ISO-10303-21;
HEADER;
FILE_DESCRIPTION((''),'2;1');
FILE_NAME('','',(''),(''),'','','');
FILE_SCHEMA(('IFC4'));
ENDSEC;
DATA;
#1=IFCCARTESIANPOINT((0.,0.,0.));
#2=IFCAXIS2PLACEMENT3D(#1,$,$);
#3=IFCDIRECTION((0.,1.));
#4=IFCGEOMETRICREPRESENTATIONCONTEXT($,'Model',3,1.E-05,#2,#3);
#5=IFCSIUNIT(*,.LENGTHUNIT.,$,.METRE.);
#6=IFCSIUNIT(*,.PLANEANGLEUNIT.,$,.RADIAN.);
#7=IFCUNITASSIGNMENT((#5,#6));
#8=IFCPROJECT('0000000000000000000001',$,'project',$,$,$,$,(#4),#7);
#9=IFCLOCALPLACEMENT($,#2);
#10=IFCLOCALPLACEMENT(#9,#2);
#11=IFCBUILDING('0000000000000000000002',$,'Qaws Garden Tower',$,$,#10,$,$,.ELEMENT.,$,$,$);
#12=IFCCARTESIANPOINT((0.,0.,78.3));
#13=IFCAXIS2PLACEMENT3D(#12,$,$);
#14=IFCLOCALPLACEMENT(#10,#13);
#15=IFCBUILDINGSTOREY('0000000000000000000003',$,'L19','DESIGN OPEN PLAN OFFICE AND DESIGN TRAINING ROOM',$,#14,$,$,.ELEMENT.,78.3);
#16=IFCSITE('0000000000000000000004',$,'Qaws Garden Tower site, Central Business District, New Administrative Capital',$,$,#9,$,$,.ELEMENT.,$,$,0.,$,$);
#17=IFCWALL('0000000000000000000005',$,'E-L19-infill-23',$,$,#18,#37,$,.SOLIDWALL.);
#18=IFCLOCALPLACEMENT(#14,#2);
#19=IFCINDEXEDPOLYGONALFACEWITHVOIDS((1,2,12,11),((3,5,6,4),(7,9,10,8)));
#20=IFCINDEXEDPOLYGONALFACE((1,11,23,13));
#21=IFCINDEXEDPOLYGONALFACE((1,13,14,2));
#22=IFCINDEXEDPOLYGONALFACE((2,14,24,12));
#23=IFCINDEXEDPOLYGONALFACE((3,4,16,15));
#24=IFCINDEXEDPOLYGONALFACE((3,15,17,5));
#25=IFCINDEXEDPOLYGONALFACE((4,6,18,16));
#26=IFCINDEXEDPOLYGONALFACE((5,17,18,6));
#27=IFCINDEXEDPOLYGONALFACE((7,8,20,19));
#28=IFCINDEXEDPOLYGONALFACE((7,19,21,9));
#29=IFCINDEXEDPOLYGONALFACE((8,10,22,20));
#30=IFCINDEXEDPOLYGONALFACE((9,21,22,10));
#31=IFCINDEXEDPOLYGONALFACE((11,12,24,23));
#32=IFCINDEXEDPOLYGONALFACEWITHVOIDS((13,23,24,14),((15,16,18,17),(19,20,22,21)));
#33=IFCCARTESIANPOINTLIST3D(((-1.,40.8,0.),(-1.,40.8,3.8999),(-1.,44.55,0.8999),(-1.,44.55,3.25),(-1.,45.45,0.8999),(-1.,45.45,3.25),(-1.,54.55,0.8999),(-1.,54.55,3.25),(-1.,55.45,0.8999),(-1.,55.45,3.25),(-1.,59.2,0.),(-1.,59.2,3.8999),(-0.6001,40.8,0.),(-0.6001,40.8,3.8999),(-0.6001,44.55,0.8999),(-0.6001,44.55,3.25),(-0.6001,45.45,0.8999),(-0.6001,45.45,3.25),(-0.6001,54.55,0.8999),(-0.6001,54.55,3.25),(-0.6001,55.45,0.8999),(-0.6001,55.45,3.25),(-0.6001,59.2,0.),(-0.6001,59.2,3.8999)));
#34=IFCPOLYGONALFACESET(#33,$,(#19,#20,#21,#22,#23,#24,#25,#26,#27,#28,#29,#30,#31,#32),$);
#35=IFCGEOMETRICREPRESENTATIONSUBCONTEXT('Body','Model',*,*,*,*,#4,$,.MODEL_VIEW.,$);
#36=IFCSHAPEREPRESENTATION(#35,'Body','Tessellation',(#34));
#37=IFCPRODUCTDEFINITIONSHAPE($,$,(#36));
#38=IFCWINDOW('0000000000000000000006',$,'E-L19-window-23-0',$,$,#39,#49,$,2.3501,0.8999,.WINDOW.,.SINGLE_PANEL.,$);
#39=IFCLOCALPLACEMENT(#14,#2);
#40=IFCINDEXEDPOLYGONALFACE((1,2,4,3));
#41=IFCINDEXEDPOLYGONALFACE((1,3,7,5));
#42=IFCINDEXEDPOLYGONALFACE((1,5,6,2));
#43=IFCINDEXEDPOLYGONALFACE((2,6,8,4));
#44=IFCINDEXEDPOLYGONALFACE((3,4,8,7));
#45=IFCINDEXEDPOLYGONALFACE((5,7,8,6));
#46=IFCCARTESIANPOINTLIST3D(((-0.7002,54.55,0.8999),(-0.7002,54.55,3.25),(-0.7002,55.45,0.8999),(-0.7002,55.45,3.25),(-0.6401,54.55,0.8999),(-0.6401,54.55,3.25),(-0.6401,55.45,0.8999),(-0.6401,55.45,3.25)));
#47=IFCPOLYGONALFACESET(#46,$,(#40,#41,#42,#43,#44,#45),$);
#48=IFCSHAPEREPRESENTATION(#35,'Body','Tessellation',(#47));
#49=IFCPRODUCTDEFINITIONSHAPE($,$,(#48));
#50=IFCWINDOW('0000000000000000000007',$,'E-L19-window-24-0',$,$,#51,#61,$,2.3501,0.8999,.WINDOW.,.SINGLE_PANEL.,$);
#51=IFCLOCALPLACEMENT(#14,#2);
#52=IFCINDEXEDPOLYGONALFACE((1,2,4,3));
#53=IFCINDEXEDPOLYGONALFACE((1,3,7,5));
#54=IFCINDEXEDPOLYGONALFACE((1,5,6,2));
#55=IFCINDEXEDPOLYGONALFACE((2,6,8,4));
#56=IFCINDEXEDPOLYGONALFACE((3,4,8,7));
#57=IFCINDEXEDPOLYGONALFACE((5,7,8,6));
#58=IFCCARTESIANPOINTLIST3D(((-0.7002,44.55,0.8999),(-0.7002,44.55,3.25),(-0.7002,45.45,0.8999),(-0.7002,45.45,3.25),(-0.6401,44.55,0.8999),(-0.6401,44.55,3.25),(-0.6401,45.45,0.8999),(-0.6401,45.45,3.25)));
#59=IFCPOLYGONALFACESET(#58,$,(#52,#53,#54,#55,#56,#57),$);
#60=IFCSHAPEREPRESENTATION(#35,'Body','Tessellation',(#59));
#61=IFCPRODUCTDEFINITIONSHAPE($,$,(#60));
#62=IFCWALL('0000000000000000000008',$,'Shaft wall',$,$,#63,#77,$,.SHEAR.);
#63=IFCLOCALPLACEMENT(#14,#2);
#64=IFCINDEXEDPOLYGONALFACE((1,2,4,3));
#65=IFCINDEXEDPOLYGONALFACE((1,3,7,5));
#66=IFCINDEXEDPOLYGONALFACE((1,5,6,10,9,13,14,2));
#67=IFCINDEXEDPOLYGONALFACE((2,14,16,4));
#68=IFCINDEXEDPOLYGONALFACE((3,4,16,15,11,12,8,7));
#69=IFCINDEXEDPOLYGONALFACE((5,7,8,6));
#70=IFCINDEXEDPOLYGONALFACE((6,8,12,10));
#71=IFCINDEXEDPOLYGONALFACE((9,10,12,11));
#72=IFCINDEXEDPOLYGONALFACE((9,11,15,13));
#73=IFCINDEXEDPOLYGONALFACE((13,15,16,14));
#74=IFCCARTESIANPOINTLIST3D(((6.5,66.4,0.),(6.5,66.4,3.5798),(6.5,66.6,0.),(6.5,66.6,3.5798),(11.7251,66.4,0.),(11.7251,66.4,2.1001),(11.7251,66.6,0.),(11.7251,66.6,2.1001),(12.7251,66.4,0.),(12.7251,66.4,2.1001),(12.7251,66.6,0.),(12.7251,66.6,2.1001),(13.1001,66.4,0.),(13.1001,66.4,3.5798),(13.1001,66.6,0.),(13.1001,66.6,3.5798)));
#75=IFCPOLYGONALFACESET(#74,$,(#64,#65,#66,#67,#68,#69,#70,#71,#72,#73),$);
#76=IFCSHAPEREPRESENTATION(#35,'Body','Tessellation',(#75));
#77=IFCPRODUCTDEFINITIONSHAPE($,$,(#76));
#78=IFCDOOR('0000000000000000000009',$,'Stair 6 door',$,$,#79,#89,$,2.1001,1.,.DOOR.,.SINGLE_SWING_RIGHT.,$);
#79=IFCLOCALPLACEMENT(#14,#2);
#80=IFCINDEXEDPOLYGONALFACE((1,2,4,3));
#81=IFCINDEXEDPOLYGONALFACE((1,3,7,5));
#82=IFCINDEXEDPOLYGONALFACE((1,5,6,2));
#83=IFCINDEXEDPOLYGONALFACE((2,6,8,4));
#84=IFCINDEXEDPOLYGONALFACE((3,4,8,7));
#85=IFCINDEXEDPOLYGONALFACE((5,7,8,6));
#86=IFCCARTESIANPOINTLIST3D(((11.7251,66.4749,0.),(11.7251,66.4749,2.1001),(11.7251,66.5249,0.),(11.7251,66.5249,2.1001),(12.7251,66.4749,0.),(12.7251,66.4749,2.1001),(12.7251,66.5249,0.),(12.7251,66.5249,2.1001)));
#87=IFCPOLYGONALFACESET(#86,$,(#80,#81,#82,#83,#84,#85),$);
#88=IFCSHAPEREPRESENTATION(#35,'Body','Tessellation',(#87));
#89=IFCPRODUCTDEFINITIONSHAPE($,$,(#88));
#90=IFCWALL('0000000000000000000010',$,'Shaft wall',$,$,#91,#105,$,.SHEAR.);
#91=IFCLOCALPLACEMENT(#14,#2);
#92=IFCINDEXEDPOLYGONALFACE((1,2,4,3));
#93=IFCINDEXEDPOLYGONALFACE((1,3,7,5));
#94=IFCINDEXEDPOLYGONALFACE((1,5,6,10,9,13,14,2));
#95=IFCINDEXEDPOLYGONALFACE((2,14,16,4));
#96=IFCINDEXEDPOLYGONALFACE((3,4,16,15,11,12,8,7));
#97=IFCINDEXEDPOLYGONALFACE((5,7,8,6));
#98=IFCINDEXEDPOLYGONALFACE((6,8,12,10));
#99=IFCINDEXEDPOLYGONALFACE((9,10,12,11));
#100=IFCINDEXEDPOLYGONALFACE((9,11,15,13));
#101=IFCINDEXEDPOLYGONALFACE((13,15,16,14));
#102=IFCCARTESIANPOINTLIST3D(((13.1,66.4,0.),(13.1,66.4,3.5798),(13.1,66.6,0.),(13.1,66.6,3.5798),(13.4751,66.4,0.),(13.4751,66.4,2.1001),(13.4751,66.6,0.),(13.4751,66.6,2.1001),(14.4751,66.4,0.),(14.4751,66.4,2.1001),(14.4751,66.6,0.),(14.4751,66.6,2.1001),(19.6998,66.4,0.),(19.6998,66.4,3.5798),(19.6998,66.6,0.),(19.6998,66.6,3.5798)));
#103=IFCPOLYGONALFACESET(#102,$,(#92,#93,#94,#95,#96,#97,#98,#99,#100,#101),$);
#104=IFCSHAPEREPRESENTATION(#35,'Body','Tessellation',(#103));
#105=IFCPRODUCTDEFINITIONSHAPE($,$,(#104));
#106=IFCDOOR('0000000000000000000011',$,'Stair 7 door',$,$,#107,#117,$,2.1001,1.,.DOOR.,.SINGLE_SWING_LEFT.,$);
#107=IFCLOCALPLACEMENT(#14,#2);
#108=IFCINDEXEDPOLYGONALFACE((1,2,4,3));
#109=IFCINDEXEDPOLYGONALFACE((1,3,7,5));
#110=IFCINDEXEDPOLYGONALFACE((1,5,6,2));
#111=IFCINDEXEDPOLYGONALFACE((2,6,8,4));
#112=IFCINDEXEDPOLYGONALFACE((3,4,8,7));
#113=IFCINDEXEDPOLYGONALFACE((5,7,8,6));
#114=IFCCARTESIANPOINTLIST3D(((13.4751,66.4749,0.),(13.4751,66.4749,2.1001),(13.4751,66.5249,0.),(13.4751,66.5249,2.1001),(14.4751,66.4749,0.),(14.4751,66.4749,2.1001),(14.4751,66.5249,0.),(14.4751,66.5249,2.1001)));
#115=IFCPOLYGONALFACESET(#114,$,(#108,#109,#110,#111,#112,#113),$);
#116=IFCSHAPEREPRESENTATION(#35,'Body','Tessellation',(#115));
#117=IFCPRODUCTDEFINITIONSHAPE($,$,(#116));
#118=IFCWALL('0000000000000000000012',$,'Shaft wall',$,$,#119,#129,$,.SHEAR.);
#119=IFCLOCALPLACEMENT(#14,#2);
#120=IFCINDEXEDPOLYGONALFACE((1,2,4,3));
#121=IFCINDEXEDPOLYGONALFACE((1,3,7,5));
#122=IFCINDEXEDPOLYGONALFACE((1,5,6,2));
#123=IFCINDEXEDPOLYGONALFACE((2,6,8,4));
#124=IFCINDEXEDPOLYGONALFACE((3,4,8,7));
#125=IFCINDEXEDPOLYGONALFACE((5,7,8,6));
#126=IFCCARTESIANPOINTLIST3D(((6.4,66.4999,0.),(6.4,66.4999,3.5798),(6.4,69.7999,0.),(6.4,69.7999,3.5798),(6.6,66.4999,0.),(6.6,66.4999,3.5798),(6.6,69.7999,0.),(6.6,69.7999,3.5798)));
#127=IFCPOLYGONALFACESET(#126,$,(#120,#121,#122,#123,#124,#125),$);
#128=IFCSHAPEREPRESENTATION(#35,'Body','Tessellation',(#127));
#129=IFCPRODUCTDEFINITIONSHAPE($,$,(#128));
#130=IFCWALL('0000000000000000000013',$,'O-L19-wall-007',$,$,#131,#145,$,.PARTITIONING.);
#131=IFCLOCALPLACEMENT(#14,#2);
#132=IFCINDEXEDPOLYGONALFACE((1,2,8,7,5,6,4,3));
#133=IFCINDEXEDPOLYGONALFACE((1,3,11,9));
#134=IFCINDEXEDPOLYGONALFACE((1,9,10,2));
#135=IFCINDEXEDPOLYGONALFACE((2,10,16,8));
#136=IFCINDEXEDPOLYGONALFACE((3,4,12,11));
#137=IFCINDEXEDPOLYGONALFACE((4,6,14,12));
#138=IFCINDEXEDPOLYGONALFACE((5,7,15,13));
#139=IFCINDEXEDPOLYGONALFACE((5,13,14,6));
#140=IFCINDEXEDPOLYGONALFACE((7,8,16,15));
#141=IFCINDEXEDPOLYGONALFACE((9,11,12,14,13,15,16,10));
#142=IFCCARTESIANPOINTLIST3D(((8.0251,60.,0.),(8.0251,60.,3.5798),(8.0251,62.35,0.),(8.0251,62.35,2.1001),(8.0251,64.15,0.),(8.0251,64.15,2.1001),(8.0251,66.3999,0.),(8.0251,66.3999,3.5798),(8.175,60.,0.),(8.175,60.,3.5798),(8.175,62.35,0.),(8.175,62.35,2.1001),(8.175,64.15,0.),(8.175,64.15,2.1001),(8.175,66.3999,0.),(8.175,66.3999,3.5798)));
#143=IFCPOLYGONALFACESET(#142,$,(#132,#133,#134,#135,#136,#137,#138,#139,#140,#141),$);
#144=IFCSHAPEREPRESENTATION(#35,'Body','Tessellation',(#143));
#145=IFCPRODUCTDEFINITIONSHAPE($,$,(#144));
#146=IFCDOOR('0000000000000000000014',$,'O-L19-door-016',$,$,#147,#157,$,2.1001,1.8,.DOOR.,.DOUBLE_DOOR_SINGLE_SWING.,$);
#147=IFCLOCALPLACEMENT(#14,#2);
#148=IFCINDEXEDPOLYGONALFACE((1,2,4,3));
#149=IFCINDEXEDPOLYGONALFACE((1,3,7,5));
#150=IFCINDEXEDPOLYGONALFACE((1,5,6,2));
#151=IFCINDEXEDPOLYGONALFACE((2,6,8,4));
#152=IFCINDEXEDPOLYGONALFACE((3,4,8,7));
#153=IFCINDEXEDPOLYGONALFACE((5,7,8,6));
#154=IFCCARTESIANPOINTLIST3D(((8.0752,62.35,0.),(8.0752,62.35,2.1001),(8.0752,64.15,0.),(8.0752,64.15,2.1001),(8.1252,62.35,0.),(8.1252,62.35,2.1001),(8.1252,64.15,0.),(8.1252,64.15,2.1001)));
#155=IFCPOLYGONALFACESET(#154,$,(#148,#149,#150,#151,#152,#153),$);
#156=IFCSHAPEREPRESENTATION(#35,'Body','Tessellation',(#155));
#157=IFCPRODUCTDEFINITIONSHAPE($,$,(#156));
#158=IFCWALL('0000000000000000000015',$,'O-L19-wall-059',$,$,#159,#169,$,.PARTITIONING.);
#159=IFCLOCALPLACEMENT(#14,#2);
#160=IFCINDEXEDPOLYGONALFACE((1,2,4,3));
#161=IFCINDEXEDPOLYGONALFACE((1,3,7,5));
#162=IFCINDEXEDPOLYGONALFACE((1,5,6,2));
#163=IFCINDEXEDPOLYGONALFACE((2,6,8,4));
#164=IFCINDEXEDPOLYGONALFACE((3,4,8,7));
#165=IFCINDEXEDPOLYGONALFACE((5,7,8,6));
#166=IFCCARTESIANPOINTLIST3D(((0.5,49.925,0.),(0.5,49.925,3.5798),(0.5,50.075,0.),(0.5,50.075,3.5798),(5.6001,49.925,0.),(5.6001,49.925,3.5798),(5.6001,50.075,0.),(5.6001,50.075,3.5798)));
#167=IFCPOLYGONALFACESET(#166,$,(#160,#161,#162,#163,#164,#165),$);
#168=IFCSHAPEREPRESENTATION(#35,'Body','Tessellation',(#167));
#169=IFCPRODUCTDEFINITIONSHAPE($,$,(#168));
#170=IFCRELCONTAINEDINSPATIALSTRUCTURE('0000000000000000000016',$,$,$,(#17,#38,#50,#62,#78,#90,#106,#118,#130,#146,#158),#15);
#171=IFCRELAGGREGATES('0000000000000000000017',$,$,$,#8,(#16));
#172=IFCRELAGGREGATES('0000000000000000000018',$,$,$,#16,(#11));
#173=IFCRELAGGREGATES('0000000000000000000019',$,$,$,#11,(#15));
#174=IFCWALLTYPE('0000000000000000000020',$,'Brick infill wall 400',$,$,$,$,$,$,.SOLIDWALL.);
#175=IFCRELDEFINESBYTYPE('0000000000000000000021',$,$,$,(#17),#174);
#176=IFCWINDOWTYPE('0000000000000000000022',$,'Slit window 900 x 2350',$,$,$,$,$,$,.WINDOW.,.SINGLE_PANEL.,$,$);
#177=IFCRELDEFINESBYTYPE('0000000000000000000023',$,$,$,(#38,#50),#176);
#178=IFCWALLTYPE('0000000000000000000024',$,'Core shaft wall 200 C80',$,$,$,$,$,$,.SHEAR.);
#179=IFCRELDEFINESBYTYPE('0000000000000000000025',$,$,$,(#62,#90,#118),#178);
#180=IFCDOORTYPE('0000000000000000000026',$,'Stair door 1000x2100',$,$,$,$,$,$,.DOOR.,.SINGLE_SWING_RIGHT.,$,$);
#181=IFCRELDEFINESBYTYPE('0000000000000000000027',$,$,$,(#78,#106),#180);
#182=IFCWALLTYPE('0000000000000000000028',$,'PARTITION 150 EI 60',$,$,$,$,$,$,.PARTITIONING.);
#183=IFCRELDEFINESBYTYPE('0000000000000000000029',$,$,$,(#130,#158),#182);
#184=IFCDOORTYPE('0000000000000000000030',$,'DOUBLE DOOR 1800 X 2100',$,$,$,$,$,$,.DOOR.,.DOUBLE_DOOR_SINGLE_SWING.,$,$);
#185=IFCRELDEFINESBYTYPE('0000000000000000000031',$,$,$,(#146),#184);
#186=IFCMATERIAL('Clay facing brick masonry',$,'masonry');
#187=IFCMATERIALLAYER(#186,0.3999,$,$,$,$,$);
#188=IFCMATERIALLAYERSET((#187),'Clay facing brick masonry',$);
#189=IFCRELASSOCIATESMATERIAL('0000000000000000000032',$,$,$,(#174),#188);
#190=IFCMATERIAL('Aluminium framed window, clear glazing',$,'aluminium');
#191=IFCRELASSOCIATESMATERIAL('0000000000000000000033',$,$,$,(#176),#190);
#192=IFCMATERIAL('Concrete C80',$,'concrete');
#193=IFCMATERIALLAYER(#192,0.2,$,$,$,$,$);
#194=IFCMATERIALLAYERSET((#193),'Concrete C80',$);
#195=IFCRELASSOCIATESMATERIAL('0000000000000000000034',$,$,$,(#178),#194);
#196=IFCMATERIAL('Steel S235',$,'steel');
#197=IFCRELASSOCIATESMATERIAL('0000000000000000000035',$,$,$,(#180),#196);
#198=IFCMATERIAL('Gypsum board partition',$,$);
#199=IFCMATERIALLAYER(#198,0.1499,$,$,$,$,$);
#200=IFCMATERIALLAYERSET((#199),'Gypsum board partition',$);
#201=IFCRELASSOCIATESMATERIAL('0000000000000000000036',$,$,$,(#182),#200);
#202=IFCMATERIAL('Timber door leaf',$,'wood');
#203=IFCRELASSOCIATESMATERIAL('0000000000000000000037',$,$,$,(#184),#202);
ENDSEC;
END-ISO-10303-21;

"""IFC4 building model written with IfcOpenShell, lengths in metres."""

from ifc_helpers import new_model, si_unit, direction, frame, frame_2d, origin, place, context, subcontext, project, spatial, rectangle, extrude, material, layer, layer_set, type_object, element, fill, save


model = new_model("IFC4")

# Units and contexts
model_context = context("Model", 3, precision=1e-05, world=origin(), true_north=direction((0.0, 1.0)))
body_context = subcontext(model_context, "Body", "Model", "MODEL_VIEW")
ifc_project = project(units=[si_unit("LENGTHUNIT", "METRE"), si_unit("PLANEANGLEUNIT", "RADIAN")], contexts=[model_context])

# Site, building, storey
site_placement = place(None, origin())
site = spatial("IfcSite", under=ifc_project, at=site_placement, Name="Qaws Garden Tower site, Central Business District, New Administrative Capital", CompositionType="ELEMENT", RefElevation=0.0)
building_placement = place(site_placement, origin())
building = spatial("IfcBuilding", under=site, at=building_placement, Name="Qaws Garden Tower", CompositionType="ELEMENT")
storey_placement = place(building_placement, frame((0.0, 0.0, 78.3)))
storey = spatial("IfcBuildingStorey", under=building, at=storey_placement, Name="L19", Description="DESIGN OPEN PLAN OFFICE AND DESIGN TRAINING ROOM", CompositionType="ELEMENT", Elevation=78.3)

# Shared definitions
ifc_material_1 = material(Name="Clay facing brick masonry", Category="masonry")
ifc_layer_1 = layer(ifc_material_1, 0.3999)
ifc_layer_set_1 = layer_set([ifc_layer_1], Name="Clay facing brick masonry")
wall_type_1 = type_object("IfcWallType", Name="Brick infill wall 400", PredefinedType="SOLIDWALL", material=ifc_layer_set_1)

# Wall, openings, windows
wall_1_placement = place(storey_placement, frame((-0.8, 59.2, 0.0), z_axis=(0.0, 0.0, 1.0), x_axis=(0.0, -1.0, 0.0)))
wall_1 = element("IfcWall", 1, at=wall_1_placement, inside=storey, type_object=wall_type_1, Name="E-L19-infill-23", PredefinedType="SOLIDWALL", context=body_context, shape_type="SweptSolid", body=[
    extrude(rectangle(XDim=18.3999, YDim=0.3999, at=frame_2d((9.2, 0.0))), origin(), (0.0, 0.0, 1.0), 3.8999),
])
opening_1_placement = place(wall_1_placement, frame((3.75, 0.0, 0.8999)))
opening_1 = element("IfcOpeningElement", 2, at=opening_1_placement, cuts=wall_1, PredefinedType="OPENING", context=body_context, shape_type="SweptSolid", body=[
    extrude(rectangle(XDim=0.8999, YDim=2.3501, at=frame_2d((0.45, 1.175))), frame((0.0, 0.21, 0.0), z_axis=(0.0, -1.0, 0.0), x_axis=(1.0, 0.0, 0.0)), (0.0, 0.0, 1.0), 0.4199),
])
opening_2_placement = place(wall_1_placement, frame((13.75, 0.0, 0.8999)))
opening_2 = element("IfcOpeningElement", 3, at=opening_2_placement, cuts=wall_1, PredefinedType="OPENING", context=body_context, shape_type="SweptSolid", body=[
    extrude(rectangle(XDim=0.8999, YDim=2.3501, at=frame_2d((0.45, 1.175))), frame((0.0, 0.21, 0.0), z_axis=(0.0, -1.0, 0.0), x_axis=(1.0, 0.0, 0.0)), (0.0, 0.0, 1.0), 0.4199),
])
ifc_material_2 = material(Name="Aluminium framed window, clear glazing", Category="aluminium")
window_type_1 = type_object("IfcWindowType", Name="Slit window 900 x 2350", PartitioningType="SINGLE_PANEL", PredefinedType="WINDOW", material=ifc_material_2)
window_1_placement = place(opening_1_placement, origin())
window_1 = element("IfcWindow", 4, at=window_1_placement, inside=storey, type_object=window_type_1, Name="E-L19-window-23-0", OverallHeight=2.3501, OverallWidth=0.8999, PartitioningType="SINGLE_PANEL", PredefinedType="WINDOW", context=body_context, shape_type="SweptSolid", body=[
    extrude(rectangle(XDim=0.8999, YDim=2.3501, at=frame_2d((0.45, 1.175))), frame((0.0, 0.1599, 0.0), z_axis=(0.0, -1.0, 0.0), x_axis=(1.0, 0.0, 0.0)), (0.0, 0.0, 1.0), 0.0601),
])
fill(opening_1, window_1)
window_2_placement = place(opening_2_placement, origin())
window_2 = element("IfcWindow", 5, at=window_2_placement, inside=storey, type_object=window_type_1, Name="E-L19-window-24-0", OverallHeight=2.3501, OverallWidth=0.8999, PartitioningType="SINGLE_PANEL", PredefinedType="WINDOW", context=body_context, shape_type="SweptSolid", body=[
    extrude(rectangle(XDim=0.8999, YDim=2.3501, at=frame_2d((0.45, 1.175))), frame((0.0, 0.1599, 0.0), z_axis=(0.0, -1.0, 0.0), x_axis=(1.0, 0.0, 0.0)), (0.0, 0.0, 1.0), 0.0601),
])
fill(opening_2, window_2)

# Walls, openings, doors
ifc_material_3 = material(Name="Concrete C80", Category="concrete")
ifc_layer_2 = layer(ifc_material_3, 0.2)
ifc_layer_set_2 = layer_set([ifc_layer_2], Name="Concrete C80")
wall_type_2 = type_object("IfcWallType", Name="Core shaft wall 200 C80", PredefinedType="SHEAR", material=ifc_layer_set_2)
wall_2_placement = place(storey_placement, frame((6.5, 66.5, 0.0), z_axis=(0.0, 0.0, 1.0), x_axis=(1.0, 0.0, 0.0)))
wall_2 = element("IfcWall", 6, at=wall_2_placement, inside=storey, type_object=wall_type_2, Name="Shaft wall", PredefinedType="SHEAR", context=body_context, shape_type="SweptSolid", body=[
    extrude(rectangle(XDim=6.6001, YDim=0.2, at=frame_2d((3.3, 0.0))), origin(), (0.0, 0.0, 1.0), 3.5798),
])
opening_3_placement = place(wall_2_placement, frame((5.2251, 0.0, 0.0)))
opening_3 = element("IfcOpeningElement", 7, at=opening_3_placement, cuts=wall_2, PredefinedType="OPENING", context=body_context, shape_type="SweptSolid", body=[
    extrude(rectangle(XDim=1.0, YDim=2.1001, at=frame_2d((0.5, 1.05))), frame((0.0, 0.1099, 0.0), z_axis=(0.0, -1.0, 0.0), x_axis=(1.0, 0.0, 0.0)), (0.0, 0.0, 1.0), 0.22),
])
ifc_material_4 = material(Name="Steel S235", Category="steel")
door_type_1 = type_object("IfcDoorType", Name="Stair door 1000x2100", OperationType="SINGLE_SWING_RIGHT", PredefinedType="DOOR", material=ifc_material_4)
door_1_placement = place(opening_3_placement, origin())
door_1 = element("IfcDoor", 8, at=door_1_placement, inside=storey, type_object=door_type_1, Name="Stair 6 door", OperationType="SINGLE_SWING_RIGHT", OverallHeight=2.1001, OverallWidth=1.0, PredefinedType="DOOR", context=body_context, shape_type="SweptSolid", body=[
    extrude(rectangle(XDim=1.0, YDim=2.1001, at=frame_2d((0.5, 1.05))), frame((0.0, 0.0249, 0.0), z_axis=(0.0, -1.0, 0.0), x_axis=(1.0, 0.0, 0.0)), (0.0, 0.0, 1.0), 0.05),
])
fill(opening_3, door_1)
wall_3_placement = place(storey_placement, frame((13.1001, 66.5, 0.0), z_axis=(0.0, 0.0, 1.0), x_axis=(1.0, 0.0, 0.0)))
wall_3 = element("IfcWall", 9, at=wall_3_placement, inside=storey, type_object=wall_type_2, Name="Shaft wall", PredefinedType="SHEAR", context=body_context, shape_type="SweptSolid", body=[
    extrude(rectangle(XDim=6.5999, YDim=0.2, at=frame_2d((3.2998, 0.0))), origin(), (0.0, 0.0, 1.0), 3.5798),
])
opening_4_placement = place(wall_3_placement, frame((0.375, 0.0, 0.0)))
opening_4 = element("IfcOpeningElement", 10, at=opening_4_placement, cuts=wall_3, PredefinedType="OPENING", context=body_context, shape_type="SweptSolid", body=[
    extrude(rectangle(XDim=1.0, YDim=2.1001, at=frame_2d((0.5, 1.05))), frame((0.0, 0.1099, 0.0), z_axis=(0.0, -1.0, 0.0), x_axis=(1.0, 0.0, 0.0)), (0.0, 0.0, 1.0), 0.22),
])
door_2_placement = place(opening_4_placement, origin())
door_2 = element("IfcDoor", 11, at=door_2_placement, inside=storey, type_object=door_type_1, Name="Stair 7 door", OperationType="SINGLE_SWING_LEFT", OverallHeight=2.1001, OverallWidth=1.0, PredefinedType="DOOR", context=body_context, shape_type="SweptSolid", body=[
    extrude(rectangle(XDim=1.0, YDim=2.1001, at=frame_2d((0.5, 1.05))), frame((0.0, 0.0249, 0.0), z_axis=(0.0, -1.0, 0.0), x_axis=(1.0, 0.0, 0.0)), (0.0, 0.0, 1.0), 0.05),
])
fill(opening_4, door_2)

# Wall
wall_4_placement = place(storey_placement, frame((6.5, 66.5, 0.0), z_axis=(0.0, 0.0, 1.0), x_axis=(0.0, 1.0, 0.0)))
element("IfcWall", 12, at=wall_4_placement, inside=storey, type_object=wall_type_2, Name="Shaft wall", PredefinedType="SHEAR", context=body_context, shape_type="SweptSolid", body=[
    extrude(rectangle(XDim=3.3, YDim=0.2, at=frame_2d((1.6499, 0.0))), origin(), (0.0, 0.0, 1.0), 3.5798),
])

# Wall, opening, door
ifc_material_5 = material(Name="Gypsum board partition")
ifc_layer_3 = layer(ifc_material_5, 0.1499)
ifc_layer_set_3 = layer_set([ifc_layer_3], Name="Gypsum board partition")
wall_type_3 = type_object("IfcWallType", Name="PARTITION 150 EI 60", PredefinedType="PARTITIONING", material=ifc_layer_set_3)
wall_5_placement = place(storey_placement, frame((8.1001, 60.0, 0.0), z_axis=(0.0, 0.0, 1.0), x_axis=(0.0, 1.0, 0.0)))
wall_5 = element("IfcWall", 13, at=wall_5_placement, inside=storey, type_object=wall_type_3, Name="O-L19-wall-007", PredefinedType="PARTITIONING", context=body_context, shape_type="SweptSolid", body=[
    extrude(rectangle(XDim=6.3999, YDim=0.1499, at=frame_2d((3.2, 0.0))), origin(), (0.0, 0.0, 1.0), 3.5798),
])
opening_5_placement = place(wall_5_placement, frame((2.3501, 0.0, 0.0)))
opening_5 = element("IfcOpeningElement", 14, at=opening_5_placement, cuts=wall_5, PredefinedType="OPENING", context=body_context, shape_type="SweptSolid", body=[
    extrude(rectangle(XDim=1.8, YDim=2.1001, at=frame_2d((0.8999, 1.05))), frame((0.0, 0.085, 0.0), z_axis=(0.0, -1.0, 0.0), x_axis=(1.0, 0.0, 0.0)), (0.0, 0.0, 1.0), 0.1699),
])
ifc_material_6 = material(Name="Timber door leaf", Category="wood")
door_type_2 = type_object("IfcDoorType", Name="DOUBLE DOOR 1800 X 2100", OperationType="DOUBLE_DOOR_SINGLE_SWING", PredefinedType="DOOR", material=ifc_material_6)
door_3_placement = place(opening_5_placement, origin())
door_3 = element("IfcDoor", 15, at=door_3_placement, inside=storey, type_object=door_type_2, Name="O-L19-door-016", OperationType="DOUBLE_DOOR_SINGLE_SWING", OverallHeight=2.1001, OverallWidth=1.8, PredefinedType="DOOR", context=body_context, shape_type="SweptSolid", body=[
    extrude(rectangle(XDim=1.8, YDim=2.1001, at=frame_2d((0.8999, 1.05))), frame((0.0, 0.0249, 0.0), z_axis=(0.0, -1.0, 0.0), x_axis=(1.0, 0.0, 0.0)), (0.0, 0.0, 1.0), 0.05),
])
fill(opening_5, door_3)

# Wall
wall_6_placement = place(storey_placement, frame((0.5, 50.0, 0.0), z_axis=(0.0, 0.0, 1.0), x_axis=(1.0, 0.0, 0.0)))
element("IfcWall", 16, at=wall_6_placement, inside=storey, type_object=wall_type_3, Name="O-L19-wall-059", PredefinedType="PARTITIONING", context=body_context, shape_type="SweptSolid", body=[
    extrude(rectangle(XDim=5.1001, YDim=0.1499, at=frame_2d((2.55, 0.0))), origin(), (0.0, 0.0, 1.0), 3.5798),
])

save(model, "model.ifc")
